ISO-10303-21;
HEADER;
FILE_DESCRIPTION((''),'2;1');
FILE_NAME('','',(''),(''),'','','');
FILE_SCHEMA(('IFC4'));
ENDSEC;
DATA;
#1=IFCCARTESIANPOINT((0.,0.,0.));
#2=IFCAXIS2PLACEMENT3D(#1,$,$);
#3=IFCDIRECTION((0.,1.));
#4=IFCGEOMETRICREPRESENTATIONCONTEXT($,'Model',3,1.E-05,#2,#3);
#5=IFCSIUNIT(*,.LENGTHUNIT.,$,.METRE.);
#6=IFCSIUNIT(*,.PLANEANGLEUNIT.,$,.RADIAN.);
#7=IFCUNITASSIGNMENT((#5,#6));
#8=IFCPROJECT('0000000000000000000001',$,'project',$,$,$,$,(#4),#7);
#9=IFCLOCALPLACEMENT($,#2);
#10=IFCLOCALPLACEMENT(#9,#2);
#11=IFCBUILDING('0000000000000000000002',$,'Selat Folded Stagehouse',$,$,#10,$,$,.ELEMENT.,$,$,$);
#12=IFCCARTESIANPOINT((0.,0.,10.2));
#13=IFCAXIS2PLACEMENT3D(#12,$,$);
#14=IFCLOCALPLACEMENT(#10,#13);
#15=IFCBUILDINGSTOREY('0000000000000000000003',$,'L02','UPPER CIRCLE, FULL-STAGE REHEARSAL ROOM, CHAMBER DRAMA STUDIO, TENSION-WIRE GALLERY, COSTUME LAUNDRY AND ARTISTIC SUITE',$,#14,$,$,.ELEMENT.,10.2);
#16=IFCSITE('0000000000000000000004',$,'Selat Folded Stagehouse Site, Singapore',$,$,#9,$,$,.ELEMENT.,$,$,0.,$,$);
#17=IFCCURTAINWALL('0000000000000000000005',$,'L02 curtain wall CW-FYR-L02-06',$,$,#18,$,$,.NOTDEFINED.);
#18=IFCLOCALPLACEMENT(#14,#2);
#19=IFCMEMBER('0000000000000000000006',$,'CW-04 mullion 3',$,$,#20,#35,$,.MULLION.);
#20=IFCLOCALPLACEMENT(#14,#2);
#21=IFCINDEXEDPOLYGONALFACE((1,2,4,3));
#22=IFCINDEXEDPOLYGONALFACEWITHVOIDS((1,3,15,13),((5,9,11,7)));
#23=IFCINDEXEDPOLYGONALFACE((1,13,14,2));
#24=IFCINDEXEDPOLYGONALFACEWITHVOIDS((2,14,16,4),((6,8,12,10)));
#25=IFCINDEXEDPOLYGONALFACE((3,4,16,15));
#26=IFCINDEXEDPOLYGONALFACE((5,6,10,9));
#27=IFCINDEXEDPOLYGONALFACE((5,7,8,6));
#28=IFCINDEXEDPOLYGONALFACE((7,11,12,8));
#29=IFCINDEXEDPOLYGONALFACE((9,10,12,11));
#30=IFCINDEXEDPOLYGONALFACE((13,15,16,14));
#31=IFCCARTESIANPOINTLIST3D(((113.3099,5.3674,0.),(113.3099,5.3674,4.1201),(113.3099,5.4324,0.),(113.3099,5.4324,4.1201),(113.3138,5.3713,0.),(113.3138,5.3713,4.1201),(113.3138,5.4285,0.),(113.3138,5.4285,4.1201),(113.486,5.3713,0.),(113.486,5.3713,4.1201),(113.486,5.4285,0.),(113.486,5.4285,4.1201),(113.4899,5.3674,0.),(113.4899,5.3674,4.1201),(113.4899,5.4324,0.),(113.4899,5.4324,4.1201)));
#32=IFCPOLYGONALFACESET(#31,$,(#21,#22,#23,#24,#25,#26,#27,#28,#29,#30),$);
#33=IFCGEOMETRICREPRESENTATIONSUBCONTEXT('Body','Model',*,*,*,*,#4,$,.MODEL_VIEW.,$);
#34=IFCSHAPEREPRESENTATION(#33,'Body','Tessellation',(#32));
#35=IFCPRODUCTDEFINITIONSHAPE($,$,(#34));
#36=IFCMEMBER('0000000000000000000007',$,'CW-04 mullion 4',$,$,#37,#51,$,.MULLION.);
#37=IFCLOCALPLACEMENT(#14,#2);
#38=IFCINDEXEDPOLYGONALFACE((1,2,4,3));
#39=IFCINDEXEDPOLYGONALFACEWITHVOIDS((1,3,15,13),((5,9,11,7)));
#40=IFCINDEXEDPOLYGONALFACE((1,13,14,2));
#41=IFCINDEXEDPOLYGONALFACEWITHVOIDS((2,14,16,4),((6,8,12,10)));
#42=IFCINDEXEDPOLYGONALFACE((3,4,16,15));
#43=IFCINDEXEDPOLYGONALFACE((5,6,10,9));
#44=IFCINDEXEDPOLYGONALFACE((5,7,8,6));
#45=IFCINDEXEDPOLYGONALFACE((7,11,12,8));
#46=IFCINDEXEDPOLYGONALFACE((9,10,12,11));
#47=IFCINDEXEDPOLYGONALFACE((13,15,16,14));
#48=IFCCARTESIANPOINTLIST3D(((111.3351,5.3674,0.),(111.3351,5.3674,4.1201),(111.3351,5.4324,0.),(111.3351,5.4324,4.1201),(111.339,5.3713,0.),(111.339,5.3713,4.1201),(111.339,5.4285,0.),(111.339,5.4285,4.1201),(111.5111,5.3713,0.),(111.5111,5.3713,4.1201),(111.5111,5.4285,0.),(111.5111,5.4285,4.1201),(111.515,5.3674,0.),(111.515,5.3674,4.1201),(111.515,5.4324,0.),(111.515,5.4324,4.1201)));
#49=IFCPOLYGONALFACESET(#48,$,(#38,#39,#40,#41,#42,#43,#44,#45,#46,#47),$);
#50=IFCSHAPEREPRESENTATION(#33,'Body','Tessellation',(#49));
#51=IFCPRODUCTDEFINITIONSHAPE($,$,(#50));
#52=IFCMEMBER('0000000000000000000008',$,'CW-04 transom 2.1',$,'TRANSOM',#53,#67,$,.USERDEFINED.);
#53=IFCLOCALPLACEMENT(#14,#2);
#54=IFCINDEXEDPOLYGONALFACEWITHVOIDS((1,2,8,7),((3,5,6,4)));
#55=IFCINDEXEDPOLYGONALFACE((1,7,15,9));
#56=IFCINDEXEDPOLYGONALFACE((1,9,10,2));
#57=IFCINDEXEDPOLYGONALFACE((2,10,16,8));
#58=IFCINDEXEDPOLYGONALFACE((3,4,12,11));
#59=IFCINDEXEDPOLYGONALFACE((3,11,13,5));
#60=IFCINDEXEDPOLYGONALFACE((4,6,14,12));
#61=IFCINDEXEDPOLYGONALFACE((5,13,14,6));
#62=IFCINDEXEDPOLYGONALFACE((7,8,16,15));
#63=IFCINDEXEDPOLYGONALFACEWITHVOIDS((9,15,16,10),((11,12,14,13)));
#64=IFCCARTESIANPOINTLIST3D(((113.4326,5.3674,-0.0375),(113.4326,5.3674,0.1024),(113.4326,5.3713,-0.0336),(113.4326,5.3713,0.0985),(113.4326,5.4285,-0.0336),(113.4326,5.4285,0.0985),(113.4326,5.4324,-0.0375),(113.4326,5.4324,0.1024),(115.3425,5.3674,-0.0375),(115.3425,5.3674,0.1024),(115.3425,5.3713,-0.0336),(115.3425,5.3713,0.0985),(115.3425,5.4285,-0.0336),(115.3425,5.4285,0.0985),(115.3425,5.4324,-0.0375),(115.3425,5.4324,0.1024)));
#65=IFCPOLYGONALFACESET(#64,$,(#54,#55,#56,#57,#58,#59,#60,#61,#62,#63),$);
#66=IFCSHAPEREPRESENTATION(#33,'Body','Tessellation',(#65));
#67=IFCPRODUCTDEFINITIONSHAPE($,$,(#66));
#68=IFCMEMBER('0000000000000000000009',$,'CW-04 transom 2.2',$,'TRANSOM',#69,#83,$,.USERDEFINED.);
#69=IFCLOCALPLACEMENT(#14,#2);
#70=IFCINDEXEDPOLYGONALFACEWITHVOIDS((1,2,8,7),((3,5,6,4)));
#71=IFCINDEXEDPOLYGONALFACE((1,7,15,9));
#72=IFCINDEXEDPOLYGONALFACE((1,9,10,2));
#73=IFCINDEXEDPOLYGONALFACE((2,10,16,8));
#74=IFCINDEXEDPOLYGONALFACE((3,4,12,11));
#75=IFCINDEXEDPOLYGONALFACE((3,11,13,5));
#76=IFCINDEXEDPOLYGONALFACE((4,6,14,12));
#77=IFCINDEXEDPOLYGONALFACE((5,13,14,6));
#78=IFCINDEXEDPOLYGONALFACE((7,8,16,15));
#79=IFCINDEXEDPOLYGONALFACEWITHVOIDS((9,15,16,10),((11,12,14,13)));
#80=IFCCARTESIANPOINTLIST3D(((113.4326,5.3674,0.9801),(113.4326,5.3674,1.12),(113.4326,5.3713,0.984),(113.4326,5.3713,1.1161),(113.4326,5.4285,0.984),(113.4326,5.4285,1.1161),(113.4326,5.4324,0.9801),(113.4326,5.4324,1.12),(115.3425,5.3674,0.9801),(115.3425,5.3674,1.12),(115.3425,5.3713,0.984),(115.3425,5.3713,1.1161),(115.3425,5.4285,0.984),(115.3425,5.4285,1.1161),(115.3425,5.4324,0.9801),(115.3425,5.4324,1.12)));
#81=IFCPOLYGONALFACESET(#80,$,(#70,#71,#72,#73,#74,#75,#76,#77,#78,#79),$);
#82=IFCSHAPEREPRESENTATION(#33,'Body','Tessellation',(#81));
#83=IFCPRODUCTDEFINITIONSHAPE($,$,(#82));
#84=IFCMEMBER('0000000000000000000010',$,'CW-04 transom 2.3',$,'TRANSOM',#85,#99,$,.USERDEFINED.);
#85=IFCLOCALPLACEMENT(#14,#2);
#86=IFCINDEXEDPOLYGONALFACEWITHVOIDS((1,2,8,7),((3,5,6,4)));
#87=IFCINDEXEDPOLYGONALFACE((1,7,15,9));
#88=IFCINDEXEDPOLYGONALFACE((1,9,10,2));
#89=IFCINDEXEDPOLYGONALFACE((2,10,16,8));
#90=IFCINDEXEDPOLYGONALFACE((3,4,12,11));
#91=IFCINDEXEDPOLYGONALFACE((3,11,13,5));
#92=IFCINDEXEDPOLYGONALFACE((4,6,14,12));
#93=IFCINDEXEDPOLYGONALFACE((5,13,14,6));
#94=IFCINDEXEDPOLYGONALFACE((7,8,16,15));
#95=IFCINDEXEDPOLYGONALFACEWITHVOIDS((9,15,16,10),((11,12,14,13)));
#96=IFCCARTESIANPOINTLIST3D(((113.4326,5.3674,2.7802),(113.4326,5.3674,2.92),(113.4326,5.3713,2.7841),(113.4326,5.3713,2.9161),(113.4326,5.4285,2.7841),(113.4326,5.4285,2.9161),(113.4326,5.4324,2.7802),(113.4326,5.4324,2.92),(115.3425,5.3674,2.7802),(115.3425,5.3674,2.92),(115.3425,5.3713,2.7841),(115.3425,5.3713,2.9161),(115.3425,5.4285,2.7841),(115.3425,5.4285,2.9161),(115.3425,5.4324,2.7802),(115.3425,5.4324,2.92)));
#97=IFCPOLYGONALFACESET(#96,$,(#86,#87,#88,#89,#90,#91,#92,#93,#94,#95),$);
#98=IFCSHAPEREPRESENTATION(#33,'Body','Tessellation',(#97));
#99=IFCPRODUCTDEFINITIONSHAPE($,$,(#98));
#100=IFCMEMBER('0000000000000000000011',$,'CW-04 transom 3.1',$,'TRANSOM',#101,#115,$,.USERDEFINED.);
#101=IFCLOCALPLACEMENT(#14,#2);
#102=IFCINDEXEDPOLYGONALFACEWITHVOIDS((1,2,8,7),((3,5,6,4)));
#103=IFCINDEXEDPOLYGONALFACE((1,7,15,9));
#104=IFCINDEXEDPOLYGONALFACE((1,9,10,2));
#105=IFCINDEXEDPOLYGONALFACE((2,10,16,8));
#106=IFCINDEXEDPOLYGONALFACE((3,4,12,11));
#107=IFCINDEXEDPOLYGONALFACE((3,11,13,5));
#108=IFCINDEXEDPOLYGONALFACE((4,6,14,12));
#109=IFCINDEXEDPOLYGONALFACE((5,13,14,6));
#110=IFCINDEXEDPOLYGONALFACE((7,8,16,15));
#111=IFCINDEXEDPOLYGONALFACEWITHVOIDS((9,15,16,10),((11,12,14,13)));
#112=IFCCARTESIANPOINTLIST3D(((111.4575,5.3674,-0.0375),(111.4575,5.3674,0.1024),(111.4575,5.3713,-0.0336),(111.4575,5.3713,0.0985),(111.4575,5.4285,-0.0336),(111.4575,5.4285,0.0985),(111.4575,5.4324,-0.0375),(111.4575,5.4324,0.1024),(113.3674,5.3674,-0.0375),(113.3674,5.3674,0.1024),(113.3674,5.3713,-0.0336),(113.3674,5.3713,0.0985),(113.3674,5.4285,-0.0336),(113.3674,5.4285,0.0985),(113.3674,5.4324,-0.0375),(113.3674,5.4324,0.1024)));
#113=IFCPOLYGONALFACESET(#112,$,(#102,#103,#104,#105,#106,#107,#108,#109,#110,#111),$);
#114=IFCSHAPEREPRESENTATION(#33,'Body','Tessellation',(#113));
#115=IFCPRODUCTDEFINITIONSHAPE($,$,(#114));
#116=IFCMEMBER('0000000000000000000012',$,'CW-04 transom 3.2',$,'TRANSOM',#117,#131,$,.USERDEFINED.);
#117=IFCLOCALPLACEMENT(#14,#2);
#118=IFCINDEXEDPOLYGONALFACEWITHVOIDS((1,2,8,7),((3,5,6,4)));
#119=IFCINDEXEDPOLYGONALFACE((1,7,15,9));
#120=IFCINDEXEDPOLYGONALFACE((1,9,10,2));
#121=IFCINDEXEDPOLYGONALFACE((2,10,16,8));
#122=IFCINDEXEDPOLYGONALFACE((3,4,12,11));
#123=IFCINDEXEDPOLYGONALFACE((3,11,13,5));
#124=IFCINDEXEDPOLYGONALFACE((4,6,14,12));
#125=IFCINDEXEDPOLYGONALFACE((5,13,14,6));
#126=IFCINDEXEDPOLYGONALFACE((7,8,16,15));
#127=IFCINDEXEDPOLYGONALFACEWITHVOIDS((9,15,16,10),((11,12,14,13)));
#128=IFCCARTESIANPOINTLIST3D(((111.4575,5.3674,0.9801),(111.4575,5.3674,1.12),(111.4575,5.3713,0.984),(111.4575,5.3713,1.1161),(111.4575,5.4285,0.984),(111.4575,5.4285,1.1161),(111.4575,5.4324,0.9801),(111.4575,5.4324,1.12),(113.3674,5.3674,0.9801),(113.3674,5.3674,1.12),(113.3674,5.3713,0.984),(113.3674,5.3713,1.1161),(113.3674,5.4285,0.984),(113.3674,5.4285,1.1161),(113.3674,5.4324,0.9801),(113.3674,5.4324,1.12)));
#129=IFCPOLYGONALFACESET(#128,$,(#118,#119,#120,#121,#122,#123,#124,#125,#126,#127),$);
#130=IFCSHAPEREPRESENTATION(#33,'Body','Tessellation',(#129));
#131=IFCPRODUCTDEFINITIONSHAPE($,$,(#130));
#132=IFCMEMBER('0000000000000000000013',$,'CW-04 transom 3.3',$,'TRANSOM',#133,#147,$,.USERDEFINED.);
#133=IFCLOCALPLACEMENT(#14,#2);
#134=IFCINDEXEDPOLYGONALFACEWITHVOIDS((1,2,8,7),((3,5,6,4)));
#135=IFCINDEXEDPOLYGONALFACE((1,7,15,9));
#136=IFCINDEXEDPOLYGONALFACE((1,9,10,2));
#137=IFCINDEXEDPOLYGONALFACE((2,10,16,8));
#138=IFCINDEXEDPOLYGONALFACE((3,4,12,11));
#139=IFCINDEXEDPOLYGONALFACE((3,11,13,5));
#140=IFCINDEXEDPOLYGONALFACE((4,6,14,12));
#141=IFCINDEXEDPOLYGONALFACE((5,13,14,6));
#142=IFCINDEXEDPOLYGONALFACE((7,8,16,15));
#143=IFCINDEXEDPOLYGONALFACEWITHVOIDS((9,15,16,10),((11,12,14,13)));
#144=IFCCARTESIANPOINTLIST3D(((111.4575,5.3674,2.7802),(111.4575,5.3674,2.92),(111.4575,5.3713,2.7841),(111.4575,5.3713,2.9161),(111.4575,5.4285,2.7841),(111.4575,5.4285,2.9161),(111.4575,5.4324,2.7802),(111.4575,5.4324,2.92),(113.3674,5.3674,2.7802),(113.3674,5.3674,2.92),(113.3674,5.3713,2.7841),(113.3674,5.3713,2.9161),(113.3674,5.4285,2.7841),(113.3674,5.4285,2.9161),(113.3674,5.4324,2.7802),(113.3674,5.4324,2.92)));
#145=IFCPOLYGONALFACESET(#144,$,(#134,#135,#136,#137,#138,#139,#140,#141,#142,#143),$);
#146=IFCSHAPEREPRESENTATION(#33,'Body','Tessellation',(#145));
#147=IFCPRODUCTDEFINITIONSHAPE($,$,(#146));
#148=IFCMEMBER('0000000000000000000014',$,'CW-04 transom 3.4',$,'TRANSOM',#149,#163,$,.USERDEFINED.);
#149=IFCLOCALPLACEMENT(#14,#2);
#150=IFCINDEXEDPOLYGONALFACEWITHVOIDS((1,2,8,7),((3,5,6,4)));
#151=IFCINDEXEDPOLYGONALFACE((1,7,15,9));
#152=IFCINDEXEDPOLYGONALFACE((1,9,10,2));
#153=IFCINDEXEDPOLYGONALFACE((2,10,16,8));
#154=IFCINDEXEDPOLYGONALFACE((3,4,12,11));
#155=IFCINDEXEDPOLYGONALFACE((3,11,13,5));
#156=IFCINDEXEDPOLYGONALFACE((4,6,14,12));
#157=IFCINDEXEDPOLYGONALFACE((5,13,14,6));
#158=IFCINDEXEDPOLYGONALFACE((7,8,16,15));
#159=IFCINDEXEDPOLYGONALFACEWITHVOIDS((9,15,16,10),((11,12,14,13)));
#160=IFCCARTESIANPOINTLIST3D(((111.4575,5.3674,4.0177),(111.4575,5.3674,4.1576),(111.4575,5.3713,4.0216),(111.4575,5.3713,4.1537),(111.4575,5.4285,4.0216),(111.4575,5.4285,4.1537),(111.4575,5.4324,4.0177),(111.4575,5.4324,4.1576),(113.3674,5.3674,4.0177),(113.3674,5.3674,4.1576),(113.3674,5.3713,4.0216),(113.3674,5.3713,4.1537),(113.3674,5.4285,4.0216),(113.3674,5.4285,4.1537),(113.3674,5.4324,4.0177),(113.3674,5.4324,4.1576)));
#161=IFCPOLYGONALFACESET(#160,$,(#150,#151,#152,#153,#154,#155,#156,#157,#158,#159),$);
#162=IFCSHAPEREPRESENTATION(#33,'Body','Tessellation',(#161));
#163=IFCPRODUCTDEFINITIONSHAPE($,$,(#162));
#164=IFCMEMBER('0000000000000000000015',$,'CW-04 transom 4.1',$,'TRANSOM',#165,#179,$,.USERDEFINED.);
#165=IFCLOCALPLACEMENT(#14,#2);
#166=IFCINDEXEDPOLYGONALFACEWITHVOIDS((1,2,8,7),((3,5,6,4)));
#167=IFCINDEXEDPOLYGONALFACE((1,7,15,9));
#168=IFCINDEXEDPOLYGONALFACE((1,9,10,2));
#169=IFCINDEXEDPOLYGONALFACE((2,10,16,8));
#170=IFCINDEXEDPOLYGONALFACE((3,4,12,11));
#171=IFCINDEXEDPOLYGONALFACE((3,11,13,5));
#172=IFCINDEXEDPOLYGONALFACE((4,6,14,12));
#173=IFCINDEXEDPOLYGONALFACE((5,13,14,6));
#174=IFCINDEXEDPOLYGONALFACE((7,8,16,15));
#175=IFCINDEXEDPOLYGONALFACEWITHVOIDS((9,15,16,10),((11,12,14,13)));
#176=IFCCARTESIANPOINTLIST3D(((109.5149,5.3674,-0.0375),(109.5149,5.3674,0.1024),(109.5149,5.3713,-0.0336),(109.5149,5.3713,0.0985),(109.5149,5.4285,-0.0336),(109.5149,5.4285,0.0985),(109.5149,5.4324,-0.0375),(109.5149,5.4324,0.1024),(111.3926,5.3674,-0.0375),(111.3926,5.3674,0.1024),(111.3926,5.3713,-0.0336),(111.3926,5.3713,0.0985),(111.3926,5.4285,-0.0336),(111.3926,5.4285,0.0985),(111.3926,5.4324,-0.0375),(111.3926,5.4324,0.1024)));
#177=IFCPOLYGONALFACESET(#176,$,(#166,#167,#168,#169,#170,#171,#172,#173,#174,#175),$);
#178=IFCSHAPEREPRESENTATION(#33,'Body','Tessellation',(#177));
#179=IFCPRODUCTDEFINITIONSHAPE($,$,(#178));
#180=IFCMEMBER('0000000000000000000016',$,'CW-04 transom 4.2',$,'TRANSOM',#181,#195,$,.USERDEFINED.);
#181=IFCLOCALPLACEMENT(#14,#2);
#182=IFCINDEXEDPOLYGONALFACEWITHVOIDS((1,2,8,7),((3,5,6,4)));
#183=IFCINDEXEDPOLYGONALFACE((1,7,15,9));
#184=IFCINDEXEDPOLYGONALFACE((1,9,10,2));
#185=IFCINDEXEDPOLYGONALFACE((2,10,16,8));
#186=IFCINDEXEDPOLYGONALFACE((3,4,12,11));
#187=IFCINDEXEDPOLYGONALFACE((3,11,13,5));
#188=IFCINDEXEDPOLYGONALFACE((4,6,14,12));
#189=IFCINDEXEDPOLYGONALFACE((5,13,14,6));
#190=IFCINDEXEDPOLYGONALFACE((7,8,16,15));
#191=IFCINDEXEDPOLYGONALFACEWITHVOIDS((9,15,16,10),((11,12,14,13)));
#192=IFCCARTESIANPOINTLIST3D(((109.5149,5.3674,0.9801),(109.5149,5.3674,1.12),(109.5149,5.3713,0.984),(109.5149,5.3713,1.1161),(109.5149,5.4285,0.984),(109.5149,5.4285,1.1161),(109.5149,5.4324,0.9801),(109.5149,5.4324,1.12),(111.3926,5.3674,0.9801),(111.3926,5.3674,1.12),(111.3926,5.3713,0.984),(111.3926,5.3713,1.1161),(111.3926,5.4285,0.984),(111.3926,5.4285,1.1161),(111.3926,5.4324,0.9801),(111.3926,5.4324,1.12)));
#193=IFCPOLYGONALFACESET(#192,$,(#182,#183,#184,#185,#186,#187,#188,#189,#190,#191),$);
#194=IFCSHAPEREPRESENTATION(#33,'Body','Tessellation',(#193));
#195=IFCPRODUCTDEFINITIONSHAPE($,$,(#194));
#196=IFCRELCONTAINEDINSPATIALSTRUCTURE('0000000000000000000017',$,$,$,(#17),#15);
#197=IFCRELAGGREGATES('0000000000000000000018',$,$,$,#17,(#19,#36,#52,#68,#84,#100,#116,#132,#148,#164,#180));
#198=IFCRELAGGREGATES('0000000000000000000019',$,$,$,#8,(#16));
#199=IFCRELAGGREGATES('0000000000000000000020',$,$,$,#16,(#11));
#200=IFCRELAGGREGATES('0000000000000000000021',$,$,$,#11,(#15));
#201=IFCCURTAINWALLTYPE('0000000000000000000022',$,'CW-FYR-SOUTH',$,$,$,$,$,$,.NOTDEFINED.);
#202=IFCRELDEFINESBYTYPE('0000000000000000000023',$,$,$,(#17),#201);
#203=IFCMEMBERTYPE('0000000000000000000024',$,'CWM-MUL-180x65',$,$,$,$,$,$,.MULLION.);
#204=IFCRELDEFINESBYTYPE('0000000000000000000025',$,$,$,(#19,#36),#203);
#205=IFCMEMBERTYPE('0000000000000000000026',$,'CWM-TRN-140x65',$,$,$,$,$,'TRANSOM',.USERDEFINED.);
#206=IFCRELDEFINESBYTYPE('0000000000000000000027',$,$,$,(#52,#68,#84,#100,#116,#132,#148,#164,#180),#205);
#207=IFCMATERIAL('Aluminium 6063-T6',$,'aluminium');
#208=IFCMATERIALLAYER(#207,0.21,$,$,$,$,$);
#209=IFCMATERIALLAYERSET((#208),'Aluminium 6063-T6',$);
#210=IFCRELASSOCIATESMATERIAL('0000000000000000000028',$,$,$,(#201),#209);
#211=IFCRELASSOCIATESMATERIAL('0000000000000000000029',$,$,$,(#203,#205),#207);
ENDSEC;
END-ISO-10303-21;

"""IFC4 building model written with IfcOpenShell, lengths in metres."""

from ifc_helpers import new_model, si_unit, direction, frame, origin, origin_2d, place, context, subcontext, project, spatial, hollow_rectangle, extrude, material, layer, layer_set, material_profile, profile_set, type_object, element, aggregate, save


model = new_model("IFC4")

# Units and contexts
model_context = context("Model", 3, precision=1e-05, world=origin(), true_north=direction((0.0, 1.0)))
body_context = subcontext(model_context, "Body", "Model", "MODEL_VIEW")
ifc_project = project(units=[si_unit("LENGTHUNIT", "METRE"), si_unit("PLANEANGLEUNIT", "RADIAN")], contexts=[model_context])

# Site, building, storey
site_placement = place(None, origin())
site = spatial("IfcSite", under=ifc_project, at=site_placement, Name="Selat Folded Stagehouse Site, Singapore", CompositionType="ELEMENT", RefElevation=0.0)
building_placement = place(site_placement, origin())
building = spatial("IfcBuilding", under=site, at=building_placement, Name="Selat Folded Stagehouse", CompositionType="ELEMENT")
storey_placement = place(building_placement, frame((0.0, 0.0, 10.2)))
storey = spatial("IfcBuildingStorey", under=building, at=storey_placement, Name="L02", Description="UPPER CIRCLE, FULL-STAGE REHEARSAL ROOM, CHAMBER DRAMA STUDIO, TENSION-WIRE GALLERY, COSTUME LAUNDRY AND ARTISTIC SUITE", CompositionType="ELEMENT", Elevation=10.2)

# Curtain wall, members
ifc_material_1 = material(Name="Aluminium 6063-T6", Category="aluminium")
ifc_layer_1 = layer(ifc_material_1, 0.21)
ifc_layer_set_1 = layer_set([ifc_layer_1], Name="Aluminium 6063-T6")
curtain_wall_type_1 = type_object("IfcCurtainWallType", Name="CW-FYR-SOUTH", PredefinedType="NOTDEFINED", material=ifc_layer_set_1)
curtain_wall_1_placement = place(storey_placement, origin())
curtain_wall_1 = element("IfcCurtainWall", 1, at=curtain_wall_1_placement, inside=storey, type_object=curtain_wall_type_1, Name="L02 curtain wall CW-FYR-L02-06", PredefinedType="NOTDEFINED")
ifc_material_profile_1 = material_profile(ifc_material_1, hollow_rectangle(XDim=0.0649, YDim=0.1799, WallThickness=0.0039, at=origin_2d()), Name="ALU 180x65x4.0")
ifc_profile_set_1 = profile_set([ifc_material_profile_1], Name="Aluminium 6063-T6")
member_type_1 = type_object("IfcMemberType", Name="CWM-MUL-180x65", PredefinedType="MULLION", material=ifc_profile_set_1)
member_1_placement = place(storey_placement, frame((113.3999, 5.3999, 0.0), z_axis=(0.0, 0.0, 1.0), x_axis=(0.0, -1.0, 0.0)))
member_1 = element("IfcMember", 2, at=member_1_placement, type_object=member_type_1, Name="CW-04 mullion 3", PredefinedType="MULLION", context=body_context, shape_type="SweptSolid", body=[
    extrude(hollow_rectangle(XDim=0.0649, YDim=0.1799, WallThickness=0.0039, at=origin_2d()), origin(), (0.0, 0.0, 1.0), 4.1201),
])
member_2_placement = place(storey_placement, frame((111.425, 5.3999, 0.0), z_axis=(0.0, 0.0, 1.0), x_axis=(0.0, -1.0, 0.0)))
member_2 = element("IfcMember", 3, at=member_2_placement, type_object=member_type_1, Name="CW-04 mullion 4", PredefinedType="MULLION", context=body_context, shape_type="SweptSolid", body=[
    extrude(hollow_rectangle(XDim=0.0649, YDim=0.1799, WallThickness=0.0039, at=origin_2d()), origin(), (0.0, 0.0, 1.0), 4.1201),
])
ifc_material_profile_2 = material_profile(ifc_material_1, hollow_rectangle(XDim=0.0649, YDim=0.1399, WallThickness=0.0039, at=origin_2d()), Name="ALU 140x65x4.0")
ifc_profile_set_2 = profile_set([ifc_material_profile_2], Name="Aluminium 6063-T6")
member_type_2 = type_object("IfcMemberType", Name="CWM-TRN-140x65", ElementType="TRANSOM", PredefinedType="USERDEFINED", material=ifc_profile_set_2)
member_3_placement = place(storey_placement, frame((115.3425, 5.3999, 0.0325), z_axis=(-1.0, 0.0, 0.0), x_axis=(0.0, -1.0, 0.0)))
member_3 = element("IfcMember", 4, at=member_3_placement, type_object=member_type_2, Name="CW-04 transom 2.1", ObjectType="TRANSOM", PredefinedType="USERDEFINED", context=body_context, shape_type="SweptSolid", body=[
    extrude(hollow_rectangle(XDim=0.0649, YDim=0.1399, WallThickness=0.0039, at=origin_2d()), origin(), (0.0, 0.0, 1.0), 1.9099),
])
member_4_placement = place(storey_placement, frame((115.3425, 5.3999, 1.05), z_axis=(-1.0, 0.0, 0.0), x_axis=(0.0, -1.0, 0.0)))
member_4 = element("IfcMember", 5, at=member_4_placement, type_object=member_type_2, Name="CW-04 transom 2.2", ObjectType="TRANSOM", PredefinedType="USERDEFINED", context=body_context, shape_type="SweptSolid", body=[
    extrude(hollow_rectangle(XDim=0.0649, YDim=0.1399, WallThickness=0.0039, at=origin_2d()), origin(), (0.0, 0.0, 1.0), 1.9099),
])
member_5_placement = place(storey_placement, frame((115.3425, 5.3999, 2.8501), z_axis=(-1.0, 0.0, 0.0), x_axis=(0.0, -1.0, 0.0)))
member_5 = element("IfcMember", 6, at=member_5_placement, type_object=member_type_2, Name="CW-04 transom 2.3", ObjectType="TRANSOM", PredefinedType="USERDEFINED", context=body_context, shape_type="SweptSolid", body=[
    extrude(hollow_rectangle(XDim=0.0649, YDim=0.1399, WallThickness=0.0039, at=origin_2d()), origin(), (0.0, 0.0, 1.0), 1.9099),
])
member_6_placement = place(storey_placement, frame((113.3674, 5.3999, 0.0325), z_axis=(-1.0, 0.0, 0.0), x_axis=(0.0, -1.0, 0.0)))
member_6 = element("IfcMember", 7, at=member_6_placement, type_object=member_type_2, Name="CW-04 transom 3.1", ObjectType="TRANSOM", PredefinedType="USERDEFINED", context=body_context, shape_type="SweptSolid", body=[
    extrude(hollow_rectangle(XDim=0.0649, YDim=0.1399, WallThickness=0.0039, at=origin_2d()), origin(), (0.0, 0.0, 1.0), 1.9099),
])
member_7_placement = place(storey_placement, frame((113.3674, 5.3999, 1.05), z_axis=(-1.0, 0.0, 0.0), x_axis=(0.0, -1.0, 0.0)))
member_7 = element("IfcMember", 8, at=member_7_placement, type_object=member_type_2, Name="CW-04 transom 3.2", ObjectType="TRANSOM", PredefinedType="USERDEFINED", context=body_context, shape_type="SweptSolid", body=[
    extrude(hollow_rectangle(XDim=0.0649, YDim=0.1399, WallThickness=0.0039, at=origin_2d()), origin(), (0.0, 0.0, 1.0), 1.9099),
])
member_8_placement = place(storey_placement, frame((113.3674, 5.3999, 2.8501), z_axis=(-1.0, 0.0, 0.0), x_axis=(0.0, -1.0, 0.0)))
member_8 = element("IfcMember", 9, at=member_8_placement, type_object=member_type_2, Name="CW-04 transom 3.3", ObjectType="TRANSOM", PredefinedType="USERDEFINED", context=body_context, shape_type="SweptSolid", body=[
    extrude(hollow_rectangle(XDim=0.0649, YDim=0.1399, WallThickness=0.0039, at=origin_2d()), origin(), (0.0, 0.0, 1.0), 1.9099),
])
member_9_placement = place(storey_placement, frame((113.3674, 5.3999, 4.0876), z_axis=(-1.0, 0.0, 0.0), x_axis=(0.0, -1.0, 0.0)))
member_9 = element("IfcMember", 10, at=member_9_placement, type_object=member_type_2, Name="CW-04 transom 3.4", ObjectType="TRANSOM", PredefinedType="USERDEFINED", context=body_context, shape_type="SweptSolid", body=[
    extrude(hollow_rectangle(XDim=0.0649, YDim=0.1399, WallThickness=0.0039, at=origin_2d()), origin(), (0.0, 0.0, 1.0), 1.9099),
])
member_10_placement = place(storey_placement, frame((111.3926, 5.3999, 0.0325), z_axis=(-1.0, 0.0, 0.0), x_axis=(0.0, -1.0, 0.0)))
member_10 = element("IfcMember", 11, at=member_10_placement, type_object=member_type_2, Name="CW-04 transom 4.1", ObjectType="TRANSOM", PredefinedType="USERDEFINED", context=body_context, shape_type="SweptSolid", body=[
    extrude(hollow_rectangle(XDim=0.0649, YDim=0.1399, WallThickness=0.0039, at=origin_2d()), origin(), (0.0, 0.0, 1.0), 1.8777),
])
member_11_placement = place(storey_placement, frame((111.3926, 5.3999, 1.05), z_axis=(-1.0, 0.0, 0.0), x_axis=(0.0, -1.0, 0.0)))
member_11 = element("IfcMember", 12, at=member_11_placement, type_object=member_type_2, Name="CW-04 transom 4.2", ObjectType="TRANSOM", PredefinedType="USERDEFINED", context=body_context, shape_type="SweptSolid", body=[
    extrude(hollow_rectangle(XDim=0.0649, YDim=0.1399, WallThickness=0.0039, at=origin_2d()), origin(), (0.0, 0.0, 1.0), 1.8777),
])

aggregate(curtain_wall_1, [member_1, member_2, member_3, member_4, member_5, member_6, member_7, member_8, member_9, member_10, member_11])

save(model, "model.ifc")
